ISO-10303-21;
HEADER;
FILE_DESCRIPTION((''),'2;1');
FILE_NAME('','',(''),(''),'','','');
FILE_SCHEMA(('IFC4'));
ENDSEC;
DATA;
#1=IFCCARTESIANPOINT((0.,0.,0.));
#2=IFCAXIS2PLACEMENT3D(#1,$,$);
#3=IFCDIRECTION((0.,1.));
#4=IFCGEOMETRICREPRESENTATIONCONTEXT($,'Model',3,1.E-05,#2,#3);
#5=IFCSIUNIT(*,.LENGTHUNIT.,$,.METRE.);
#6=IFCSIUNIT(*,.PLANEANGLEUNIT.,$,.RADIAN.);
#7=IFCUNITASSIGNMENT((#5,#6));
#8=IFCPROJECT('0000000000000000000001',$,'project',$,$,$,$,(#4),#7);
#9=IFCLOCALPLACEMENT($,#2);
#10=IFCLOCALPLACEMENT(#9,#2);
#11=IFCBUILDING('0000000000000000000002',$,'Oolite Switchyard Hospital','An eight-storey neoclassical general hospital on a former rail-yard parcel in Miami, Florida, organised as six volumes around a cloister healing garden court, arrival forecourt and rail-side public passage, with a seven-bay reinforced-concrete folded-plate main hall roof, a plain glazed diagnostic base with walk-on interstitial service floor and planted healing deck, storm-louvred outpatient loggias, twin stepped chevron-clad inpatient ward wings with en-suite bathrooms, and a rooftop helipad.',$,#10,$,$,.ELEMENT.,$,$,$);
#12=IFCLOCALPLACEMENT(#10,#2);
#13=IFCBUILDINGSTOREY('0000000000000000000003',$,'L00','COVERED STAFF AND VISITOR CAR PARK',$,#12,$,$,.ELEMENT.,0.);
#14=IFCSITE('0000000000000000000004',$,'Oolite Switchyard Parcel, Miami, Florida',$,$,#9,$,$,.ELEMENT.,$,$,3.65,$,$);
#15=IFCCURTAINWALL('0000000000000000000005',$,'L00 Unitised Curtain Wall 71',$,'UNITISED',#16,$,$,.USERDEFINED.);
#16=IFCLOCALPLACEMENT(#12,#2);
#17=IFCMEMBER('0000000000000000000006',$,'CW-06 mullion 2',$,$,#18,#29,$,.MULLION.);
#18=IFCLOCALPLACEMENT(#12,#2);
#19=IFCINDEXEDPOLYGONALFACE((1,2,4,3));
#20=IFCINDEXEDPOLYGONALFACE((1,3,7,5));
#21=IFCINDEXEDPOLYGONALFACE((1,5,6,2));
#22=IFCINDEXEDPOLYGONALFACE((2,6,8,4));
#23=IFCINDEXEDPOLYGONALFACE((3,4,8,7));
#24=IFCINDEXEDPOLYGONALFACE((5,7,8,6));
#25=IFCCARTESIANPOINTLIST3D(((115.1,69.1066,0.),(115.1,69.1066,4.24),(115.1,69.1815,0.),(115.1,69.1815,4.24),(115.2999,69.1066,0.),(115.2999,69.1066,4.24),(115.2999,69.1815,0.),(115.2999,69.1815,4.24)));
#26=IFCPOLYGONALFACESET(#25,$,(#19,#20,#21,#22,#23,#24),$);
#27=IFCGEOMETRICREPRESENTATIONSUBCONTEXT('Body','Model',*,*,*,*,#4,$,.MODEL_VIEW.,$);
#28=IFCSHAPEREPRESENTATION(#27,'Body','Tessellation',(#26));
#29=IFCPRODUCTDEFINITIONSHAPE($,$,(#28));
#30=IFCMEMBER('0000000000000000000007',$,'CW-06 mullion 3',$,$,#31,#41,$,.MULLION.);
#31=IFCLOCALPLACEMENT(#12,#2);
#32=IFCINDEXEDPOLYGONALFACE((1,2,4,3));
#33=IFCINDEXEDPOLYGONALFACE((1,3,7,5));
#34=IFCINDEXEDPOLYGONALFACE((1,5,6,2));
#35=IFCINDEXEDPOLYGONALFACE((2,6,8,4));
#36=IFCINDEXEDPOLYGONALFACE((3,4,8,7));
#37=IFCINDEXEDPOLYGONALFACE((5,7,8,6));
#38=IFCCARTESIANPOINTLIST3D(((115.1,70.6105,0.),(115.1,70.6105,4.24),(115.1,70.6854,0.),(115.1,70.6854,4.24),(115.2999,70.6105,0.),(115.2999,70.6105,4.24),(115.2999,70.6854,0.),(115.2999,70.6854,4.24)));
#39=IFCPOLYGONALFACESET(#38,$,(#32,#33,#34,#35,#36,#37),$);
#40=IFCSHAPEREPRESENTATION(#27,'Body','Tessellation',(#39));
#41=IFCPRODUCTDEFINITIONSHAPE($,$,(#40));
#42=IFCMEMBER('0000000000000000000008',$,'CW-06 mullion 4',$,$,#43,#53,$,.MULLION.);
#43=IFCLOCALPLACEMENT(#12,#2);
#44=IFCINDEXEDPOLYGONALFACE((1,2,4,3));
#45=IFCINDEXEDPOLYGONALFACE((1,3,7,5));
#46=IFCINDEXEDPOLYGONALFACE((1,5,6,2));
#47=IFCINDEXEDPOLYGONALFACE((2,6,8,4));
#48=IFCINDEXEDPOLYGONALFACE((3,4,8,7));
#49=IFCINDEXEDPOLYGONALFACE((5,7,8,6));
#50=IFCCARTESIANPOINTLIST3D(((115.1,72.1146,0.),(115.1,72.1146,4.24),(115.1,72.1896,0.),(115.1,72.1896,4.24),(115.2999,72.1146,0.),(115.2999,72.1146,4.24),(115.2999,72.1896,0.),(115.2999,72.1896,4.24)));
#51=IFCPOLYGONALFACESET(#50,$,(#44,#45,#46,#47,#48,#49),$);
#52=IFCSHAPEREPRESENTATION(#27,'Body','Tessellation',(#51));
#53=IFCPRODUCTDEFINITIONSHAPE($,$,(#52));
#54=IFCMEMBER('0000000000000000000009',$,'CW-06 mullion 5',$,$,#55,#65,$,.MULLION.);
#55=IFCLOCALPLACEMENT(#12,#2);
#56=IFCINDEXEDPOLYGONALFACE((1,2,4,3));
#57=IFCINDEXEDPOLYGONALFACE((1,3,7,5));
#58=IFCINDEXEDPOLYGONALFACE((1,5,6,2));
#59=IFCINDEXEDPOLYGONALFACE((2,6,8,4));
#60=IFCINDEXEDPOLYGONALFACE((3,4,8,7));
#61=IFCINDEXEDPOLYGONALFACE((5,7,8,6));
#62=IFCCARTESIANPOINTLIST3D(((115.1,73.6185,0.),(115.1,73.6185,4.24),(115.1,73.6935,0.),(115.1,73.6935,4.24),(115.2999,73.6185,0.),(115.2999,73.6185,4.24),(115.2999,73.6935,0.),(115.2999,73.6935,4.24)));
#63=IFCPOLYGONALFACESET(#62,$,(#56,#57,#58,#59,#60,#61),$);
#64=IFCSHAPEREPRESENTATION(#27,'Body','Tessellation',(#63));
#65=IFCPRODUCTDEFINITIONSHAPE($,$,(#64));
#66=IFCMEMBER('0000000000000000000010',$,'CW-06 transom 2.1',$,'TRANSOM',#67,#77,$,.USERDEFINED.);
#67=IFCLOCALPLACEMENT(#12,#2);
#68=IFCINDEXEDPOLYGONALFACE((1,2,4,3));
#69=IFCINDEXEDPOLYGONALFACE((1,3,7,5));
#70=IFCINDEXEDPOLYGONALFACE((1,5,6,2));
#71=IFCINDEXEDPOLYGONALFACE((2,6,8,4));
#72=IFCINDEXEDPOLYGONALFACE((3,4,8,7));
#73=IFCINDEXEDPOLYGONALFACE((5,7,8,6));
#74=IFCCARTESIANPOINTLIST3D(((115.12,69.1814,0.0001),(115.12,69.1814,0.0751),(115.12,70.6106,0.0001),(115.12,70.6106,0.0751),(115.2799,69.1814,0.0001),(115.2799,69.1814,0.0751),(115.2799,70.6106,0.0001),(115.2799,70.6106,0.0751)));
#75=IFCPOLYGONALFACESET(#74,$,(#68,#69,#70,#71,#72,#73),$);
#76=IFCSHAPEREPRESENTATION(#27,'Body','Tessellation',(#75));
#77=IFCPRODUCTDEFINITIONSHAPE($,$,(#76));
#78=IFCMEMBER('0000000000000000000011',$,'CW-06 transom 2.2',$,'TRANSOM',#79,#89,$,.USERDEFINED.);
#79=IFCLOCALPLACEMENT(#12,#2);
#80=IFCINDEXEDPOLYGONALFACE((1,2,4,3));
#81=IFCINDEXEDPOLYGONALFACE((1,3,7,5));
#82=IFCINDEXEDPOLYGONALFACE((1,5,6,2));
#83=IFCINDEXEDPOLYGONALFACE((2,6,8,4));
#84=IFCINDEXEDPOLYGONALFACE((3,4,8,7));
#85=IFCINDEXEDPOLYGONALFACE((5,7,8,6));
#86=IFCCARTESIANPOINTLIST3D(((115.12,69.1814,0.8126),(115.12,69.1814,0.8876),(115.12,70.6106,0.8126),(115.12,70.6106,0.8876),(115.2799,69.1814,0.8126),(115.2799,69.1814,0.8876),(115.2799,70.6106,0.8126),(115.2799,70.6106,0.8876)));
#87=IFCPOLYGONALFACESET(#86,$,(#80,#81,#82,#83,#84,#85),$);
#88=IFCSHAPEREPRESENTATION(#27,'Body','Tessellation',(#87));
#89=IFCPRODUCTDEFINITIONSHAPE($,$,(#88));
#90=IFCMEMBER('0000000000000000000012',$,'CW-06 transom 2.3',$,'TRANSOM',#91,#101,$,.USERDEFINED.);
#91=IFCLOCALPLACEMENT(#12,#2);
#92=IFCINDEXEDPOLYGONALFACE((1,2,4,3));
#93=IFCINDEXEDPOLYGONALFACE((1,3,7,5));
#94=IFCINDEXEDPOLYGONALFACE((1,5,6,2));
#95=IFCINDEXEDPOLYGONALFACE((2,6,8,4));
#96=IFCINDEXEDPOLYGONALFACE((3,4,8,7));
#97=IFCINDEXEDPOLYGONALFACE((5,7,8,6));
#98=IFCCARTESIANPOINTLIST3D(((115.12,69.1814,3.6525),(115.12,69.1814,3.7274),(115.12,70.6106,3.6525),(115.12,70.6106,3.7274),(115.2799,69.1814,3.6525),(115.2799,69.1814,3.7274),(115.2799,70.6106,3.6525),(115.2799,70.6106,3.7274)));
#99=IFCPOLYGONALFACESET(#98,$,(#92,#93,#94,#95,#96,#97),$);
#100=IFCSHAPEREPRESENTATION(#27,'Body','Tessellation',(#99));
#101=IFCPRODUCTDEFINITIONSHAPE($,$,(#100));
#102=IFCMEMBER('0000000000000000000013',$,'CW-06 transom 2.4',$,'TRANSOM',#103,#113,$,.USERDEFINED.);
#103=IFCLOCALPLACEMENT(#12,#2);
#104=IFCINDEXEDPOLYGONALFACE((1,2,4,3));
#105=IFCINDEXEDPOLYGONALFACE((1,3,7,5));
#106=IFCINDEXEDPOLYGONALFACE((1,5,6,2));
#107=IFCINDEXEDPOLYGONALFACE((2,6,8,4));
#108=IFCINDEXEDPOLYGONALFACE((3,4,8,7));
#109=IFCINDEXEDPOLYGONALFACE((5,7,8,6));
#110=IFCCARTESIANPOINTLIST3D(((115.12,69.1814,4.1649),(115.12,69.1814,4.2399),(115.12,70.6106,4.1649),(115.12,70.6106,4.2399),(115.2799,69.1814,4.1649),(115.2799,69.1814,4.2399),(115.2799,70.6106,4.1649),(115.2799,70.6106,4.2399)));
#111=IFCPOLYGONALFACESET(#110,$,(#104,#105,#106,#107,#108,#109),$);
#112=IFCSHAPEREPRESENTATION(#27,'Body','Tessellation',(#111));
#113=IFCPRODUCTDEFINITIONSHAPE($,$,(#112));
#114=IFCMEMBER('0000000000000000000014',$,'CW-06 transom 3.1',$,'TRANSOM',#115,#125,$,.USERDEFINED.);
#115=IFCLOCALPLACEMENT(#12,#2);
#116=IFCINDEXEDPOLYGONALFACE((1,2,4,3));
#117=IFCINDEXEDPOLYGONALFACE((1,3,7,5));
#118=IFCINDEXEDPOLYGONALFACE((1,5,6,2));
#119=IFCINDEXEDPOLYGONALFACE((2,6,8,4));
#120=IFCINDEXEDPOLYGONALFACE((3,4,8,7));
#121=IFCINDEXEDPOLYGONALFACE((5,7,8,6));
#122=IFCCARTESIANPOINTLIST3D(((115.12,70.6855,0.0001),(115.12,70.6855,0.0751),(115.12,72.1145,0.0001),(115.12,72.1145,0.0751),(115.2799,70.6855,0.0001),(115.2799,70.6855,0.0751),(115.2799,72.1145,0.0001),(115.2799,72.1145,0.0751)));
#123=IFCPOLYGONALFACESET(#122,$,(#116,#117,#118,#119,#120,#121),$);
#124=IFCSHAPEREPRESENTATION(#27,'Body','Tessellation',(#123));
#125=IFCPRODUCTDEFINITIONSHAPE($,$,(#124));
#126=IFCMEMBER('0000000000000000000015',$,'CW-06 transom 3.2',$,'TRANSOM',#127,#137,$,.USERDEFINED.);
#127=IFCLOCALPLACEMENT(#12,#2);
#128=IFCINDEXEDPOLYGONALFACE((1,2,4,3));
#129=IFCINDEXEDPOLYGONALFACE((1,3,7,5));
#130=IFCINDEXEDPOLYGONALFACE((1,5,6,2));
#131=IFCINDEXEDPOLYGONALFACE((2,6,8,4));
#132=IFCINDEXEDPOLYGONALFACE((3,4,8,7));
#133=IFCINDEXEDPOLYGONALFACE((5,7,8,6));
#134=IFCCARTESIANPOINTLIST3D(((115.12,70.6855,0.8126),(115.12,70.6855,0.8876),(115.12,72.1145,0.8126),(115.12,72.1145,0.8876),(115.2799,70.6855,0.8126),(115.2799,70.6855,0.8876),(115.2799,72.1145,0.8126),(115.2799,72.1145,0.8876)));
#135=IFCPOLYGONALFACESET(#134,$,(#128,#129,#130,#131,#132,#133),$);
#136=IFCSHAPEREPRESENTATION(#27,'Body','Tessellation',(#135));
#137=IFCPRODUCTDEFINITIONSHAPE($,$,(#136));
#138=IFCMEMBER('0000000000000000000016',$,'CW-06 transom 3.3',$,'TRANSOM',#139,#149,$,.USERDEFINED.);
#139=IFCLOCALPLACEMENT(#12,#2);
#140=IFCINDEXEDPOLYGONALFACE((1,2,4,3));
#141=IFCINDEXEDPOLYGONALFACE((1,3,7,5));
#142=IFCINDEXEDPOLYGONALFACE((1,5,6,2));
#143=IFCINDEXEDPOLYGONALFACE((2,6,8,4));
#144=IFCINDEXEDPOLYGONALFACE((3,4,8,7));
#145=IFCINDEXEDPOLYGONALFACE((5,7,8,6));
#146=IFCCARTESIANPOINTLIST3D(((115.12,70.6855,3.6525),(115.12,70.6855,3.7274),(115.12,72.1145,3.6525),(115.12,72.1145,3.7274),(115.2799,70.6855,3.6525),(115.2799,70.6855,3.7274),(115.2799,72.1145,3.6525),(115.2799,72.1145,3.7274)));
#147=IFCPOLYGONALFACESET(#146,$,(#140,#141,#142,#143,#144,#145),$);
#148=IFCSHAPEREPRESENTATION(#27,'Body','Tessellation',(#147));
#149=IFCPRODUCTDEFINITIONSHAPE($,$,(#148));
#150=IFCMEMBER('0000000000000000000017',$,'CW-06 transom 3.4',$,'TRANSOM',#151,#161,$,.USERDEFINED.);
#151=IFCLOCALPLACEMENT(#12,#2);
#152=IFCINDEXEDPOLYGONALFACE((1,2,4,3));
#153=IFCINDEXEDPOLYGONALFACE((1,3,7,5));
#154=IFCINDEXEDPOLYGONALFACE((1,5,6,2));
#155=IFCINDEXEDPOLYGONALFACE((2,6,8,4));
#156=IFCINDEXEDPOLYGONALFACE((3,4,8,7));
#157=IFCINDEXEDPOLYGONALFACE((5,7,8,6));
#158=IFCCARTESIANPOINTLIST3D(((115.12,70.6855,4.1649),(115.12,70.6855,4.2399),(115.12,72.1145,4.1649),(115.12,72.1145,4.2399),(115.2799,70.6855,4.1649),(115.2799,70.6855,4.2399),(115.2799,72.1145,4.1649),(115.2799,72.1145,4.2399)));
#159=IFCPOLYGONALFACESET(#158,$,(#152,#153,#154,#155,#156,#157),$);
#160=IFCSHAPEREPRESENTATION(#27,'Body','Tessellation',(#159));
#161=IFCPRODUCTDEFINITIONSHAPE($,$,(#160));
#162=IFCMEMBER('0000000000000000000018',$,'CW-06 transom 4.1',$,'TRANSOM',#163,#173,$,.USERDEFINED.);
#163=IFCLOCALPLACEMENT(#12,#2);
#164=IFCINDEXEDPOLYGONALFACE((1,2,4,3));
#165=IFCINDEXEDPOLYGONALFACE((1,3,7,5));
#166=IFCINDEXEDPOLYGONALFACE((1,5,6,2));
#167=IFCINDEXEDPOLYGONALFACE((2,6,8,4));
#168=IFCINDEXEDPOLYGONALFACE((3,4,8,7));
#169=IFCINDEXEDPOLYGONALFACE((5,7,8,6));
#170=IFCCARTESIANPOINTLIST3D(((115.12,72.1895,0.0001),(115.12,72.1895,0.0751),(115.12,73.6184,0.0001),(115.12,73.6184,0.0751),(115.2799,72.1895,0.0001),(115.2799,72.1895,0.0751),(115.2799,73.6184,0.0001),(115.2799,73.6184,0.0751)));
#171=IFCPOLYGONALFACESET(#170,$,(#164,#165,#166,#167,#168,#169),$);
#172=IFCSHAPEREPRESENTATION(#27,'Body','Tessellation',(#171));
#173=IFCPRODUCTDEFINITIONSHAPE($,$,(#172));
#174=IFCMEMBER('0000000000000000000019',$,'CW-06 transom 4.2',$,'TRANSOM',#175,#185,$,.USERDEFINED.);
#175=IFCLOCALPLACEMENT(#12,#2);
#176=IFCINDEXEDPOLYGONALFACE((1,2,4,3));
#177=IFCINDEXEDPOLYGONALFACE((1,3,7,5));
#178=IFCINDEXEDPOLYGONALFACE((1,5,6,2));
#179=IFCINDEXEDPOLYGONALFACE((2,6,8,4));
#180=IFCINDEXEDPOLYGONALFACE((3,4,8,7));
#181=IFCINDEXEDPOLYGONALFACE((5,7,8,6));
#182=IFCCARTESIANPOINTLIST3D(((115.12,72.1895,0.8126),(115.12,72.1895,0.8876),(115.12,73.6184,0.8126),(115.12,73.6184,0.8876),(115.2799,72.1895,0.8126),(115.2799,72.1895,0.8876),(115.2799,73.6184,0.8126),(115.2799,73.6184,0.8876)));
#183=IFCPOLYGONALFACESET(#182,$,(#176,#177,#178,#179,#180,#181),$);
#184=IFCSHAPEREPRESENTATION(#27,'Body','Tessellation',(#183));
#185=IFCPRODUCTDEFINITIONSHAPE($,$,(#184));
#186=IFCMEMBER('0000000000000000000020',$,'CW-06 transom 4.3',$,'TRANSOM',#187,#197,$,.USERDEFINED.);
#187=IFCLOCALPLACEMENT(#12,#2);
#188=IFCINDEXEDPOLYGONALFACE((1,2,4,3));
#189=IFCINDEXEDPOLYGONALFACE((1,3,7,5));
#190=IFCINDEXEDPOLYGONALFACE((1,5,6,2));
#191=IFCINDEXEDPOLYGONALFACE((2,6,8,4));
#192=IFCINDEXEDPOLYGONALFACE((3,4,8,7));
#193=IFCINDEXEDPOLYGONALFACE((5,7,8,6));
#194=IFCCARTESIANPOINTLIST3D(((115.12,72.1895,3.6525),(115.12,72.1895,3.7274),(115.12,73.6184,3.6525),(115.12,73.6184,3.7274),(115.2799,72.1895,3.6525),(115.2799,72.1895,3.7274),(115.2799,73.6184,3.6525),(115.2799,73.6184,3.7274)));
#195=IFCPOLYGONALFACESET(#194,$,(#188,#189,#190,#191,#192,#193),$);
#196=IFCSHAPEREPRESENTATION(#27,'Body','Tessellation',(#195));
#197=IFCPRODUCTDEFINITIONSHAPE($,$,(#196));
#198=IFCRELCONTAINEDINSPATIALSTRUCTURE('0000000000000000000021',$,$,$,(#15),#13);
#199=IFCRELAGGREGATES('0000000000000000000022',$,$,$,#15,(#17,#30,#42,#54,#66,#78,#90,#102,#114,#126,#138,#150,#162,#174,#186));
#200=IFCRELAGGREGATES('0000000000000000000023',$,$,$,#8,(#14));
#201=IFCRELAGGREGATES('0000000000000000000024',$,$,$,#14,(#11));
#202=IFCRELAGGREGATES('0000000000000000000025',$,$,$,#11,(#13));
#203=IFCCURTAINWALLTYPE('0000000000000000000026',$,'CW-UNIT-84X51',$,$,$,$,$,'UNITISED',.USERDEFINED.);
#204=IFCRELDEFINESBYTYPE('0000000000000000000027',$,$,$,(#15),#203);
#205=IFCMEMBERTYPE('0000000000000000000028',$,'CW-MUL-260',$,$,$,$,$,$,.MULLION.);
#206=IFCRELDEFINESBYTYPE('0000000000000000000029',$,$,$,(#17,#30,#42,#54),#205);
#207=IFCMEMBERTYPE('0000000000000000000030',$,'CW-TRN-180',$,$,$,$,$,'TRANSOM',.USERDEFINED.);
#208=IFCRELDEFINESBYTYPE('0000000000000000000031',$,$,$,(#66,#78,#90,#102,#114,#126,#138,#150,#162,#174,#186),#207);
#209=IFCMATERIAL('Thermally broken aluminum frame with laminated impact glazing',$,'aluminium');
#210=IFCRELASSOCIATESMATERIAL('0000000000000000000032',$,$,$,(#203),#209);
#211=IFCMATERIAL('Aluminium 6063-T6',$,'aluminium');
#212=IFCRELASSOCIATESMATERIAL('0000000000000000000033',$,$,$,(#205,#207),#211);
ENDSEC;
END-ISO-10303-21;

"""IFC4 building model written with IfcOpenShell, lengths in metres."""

from ifc_helpers import new_model, si_unit, direction, frame, origin, origin_2d, place, context, subcontext, project, spatial, rectangle, extrude, material, material_profile, profile_set, type_object, element, aggregate, save


model = new_model("IFC4")

# Units and contexts
model_context = context("Model", 3, precision=1e-05, world=origin(), true_north=direction((0.0, 1.0)))
body_context = subcontext(model_context, "Body", "Model", "MODEL_VIEW")
ifc_project = project(units=[si_unit("LENGTHUNIT", "METRE"), si_unit("PLANEANGLEUNIT", "RADIAN")], contexts=[model_context])

# Site, building, storey
site_placement = place(None, origin())
site = spatial("IfcSite", under=ifc_project, at=site_placement, Name="Oolite Switchyard Parcel, Miami, Florida", CompositionType="ELEMENT", RefElevation=3.65)
building_placement = place(site_placement, origin())
building = spatial("IfcBuilding", under=site, at=building_placement, Name="Oolite Switchyard Hospital", Description="An eight-storey neoclassical general hospital on a former rail-yard parcel in Miami, Florida, organised as six volumes around a cloister healing garden court, arrival forecourt and rail-side public passage, with a seven-bay reinforced-concrete folded-plate main hall roof, a plain glazed diagnostic base with walk-on interstitial service floor and planted healing deck, storm-louvred outpatient loggias, twin stepped chevron-clad inpatient ward wings with en-suite bathrooms, and a rooftop helipad.", CompositionType="ELEMENT")
storey_placement = place(building_placement, origin())
storey = spatial("IfcBuildingStorey", under=building, at=storey_placement, Name="L00", Description="COVERED STAFF AND VISITOR CAR PARK", CompositionType="ELEMENT", Elevation=0.0)

# Curtain wall, members
ifc_material_1 = material(Name="Thermally broken aluminum frame with laminated impact glazing", Category="aluminium")
curtain_wall_type = type_object("IfcCurtainWallType", Name="CW-UNIT-84X51", ElementType="UNITISED", PredefinedType="USERDEFINED", material=ifc_material_1)
curtain_wall_placement = place(storey_placement, origin())
curtain_wall = element("IfcCurtainWall", 1, at=curtain_wall_placement, inside=storey, type_object=curtain_wall_type, Name="L00 Unitised Curtain Wall 71", ObjectType="UNITISED", PredefinedType="USERDEFINED")
ifc_material_2 = material(Name="Aluminium 6063-T6", Category="aluminium")
ifc_material_profile_1 = material_profile(ifc_material_2, rectangle(XDim=0.2, YDim=0.075, at=origin_2d()), Name="CWM75X200")
ifc_profile_set_1 = profile_set([ifc_material_profile_1], Name="Aluminium 6063-T6")
member_type_1 = type_object("IfcMemberType", Name="CW-MUL-260", PredefinedType="MULLION", material=ifc_profile_set_1)
member_1_placement = place(storey_placement, frame((115.2, 69.144, 0.0), z_axis=(0.0, 0.0, 1.0), x_axis=(-1.0, 0.0, 0.0)))
member_1 = element("IfcMember", 2, at=member_1_placement, type_object=member_type_1, Name="CW-06 mullion 2", PredefinedType="MULLION", context=body_context, shape_type="SweptSolid", body=[
    extrude(rectangle(XDim=0.2, YDim=0.075, at=origin_2d()), origin(), (0.0, 0.0, 1.0), 4.24),
])
member_2_placement = place(storey_placement, frame((115.2, 70.6479, 0.0), z_axis=(0.0, 0.0, 1.0), x_axis=(-1.0, 0.0, 0.0)))
member_2 = element("IfcMember", 3, at=member_2_placement, type_object=member_type_1, Name="CW-06 mullion 3", PredefinedType="MULLION", context=body_context, shape_type="SweptSolid", body=[
    extrude(rectangle(XDim=0.2, YDim=0.075, at=origin_2d()), origin(), (0.0, 0.0, 1.0), 4.24),
])
member_3_placement = place(storey_placement, frame((115.2, 72.1521, 0.0), z_axis=(0.0, 0.0, 1.0), x_axis=(-1.0, 0.0, 0.0)))
member_3 = element("IfcMember", 4, at=member_3_placement, type_object=member_type_1, Name="CW-06 mullion 4", PredefinedType="MULLION", context=body_context, shape_type="SweptSolid", body=[
    extrude(rectangle(XDim=0.2, YDim=0.075, at=origin_2d()), origin(), (0.0, 0.0, 1.0), 4.24),
])
member_4_placement = place(storey_placement, frame((115.2, 73.656, 0.0), z_axis=(0.0, 0.0, 1.0), x_axis=(-1.0, 0.0, 0.0)))
member_4 = element("IfcMember", 5, at=member_4_placement, type_object=member_type_1, Name="CW-06 mullion 5", PredefinedType="MULLION", context=body_context, shape_type="SweptSolid", body=[
    extrude(rectangle(XDim=0.2, YDim=0.075, at=origin_2d()), origin(), (0.0, 0.0, 1.0), 4.24),
])
ifc_material_profile_2 = material_profile(ifc_material_2, rectangle(XDim=0.1599, YDim=0.075, at=origin_2d()), Name="CWT75X160")
ifc_profile_set_2 = profile_set([ifc_material_profile_2], Name="Aluminium 6063-T6")
member_type_2 = type_object("IfcMemberType", Name="CW-TRN-180", ElementType="TRANSOM", PredefinedType="USERDEFINED", material=ifc_profile_set_2)
member_5_placement = place(storey_placement, frame((115.2, 69.1814, 0.0376), z_axis=(0.0, 1.0, 0.0), x_axis=(-1.0, 0.0, 0.0)))
member_5 = element("IfcMember", 6, at=member_5_placement, type_object=member_type_2, Name="CW-06 transom 2.1", ObjectType="TRANSOM", PredefinedType="USERDEFINED", context=body_context, shape_type="SweptSolid", body=[
    extrude(rectangle(XDim=0.1599, YDim=0.075, at=origin_2d()), origin(), (0.0, 0.0, 1.0), 1.4292),
])
member_6_placement = place(storey_placement, frame((115.2, 69.1814, 0.8501), z_axis=(0.0, 1.0, 0.0), x_axis=(-1.0, 0.0, 0.0)))
member_6 = element("IfcMember", 7, at=member_6_placement, type_object=member_type_2, Name="CW-06 transom 2.2", ObjectType="TRANSOM", PredefinedType="USERDEFINED", context=body_context, shape_type="SweptSolid", body=[
    extrude(rectangle(XDim=0.1599, YDim=0.075, at=origin_2d()), origin(), (0.0, 0.0, 1.0), 1.4292),
])
member_7_placement = place(storey_placement, frame((115.2, 69.1814, 3.6899), z_axis=(0.0, 1.0, 0.0), x_axis=(-1.0, 0.0, 0.0)))
member_7 = element("IfcMember", 8, at=member_7_placement, type_object=member_type_2, Name="CW-06 transom 2.3", ObjectType="TRANSOM", PredefinedType="USERDEFINED", context=body_context, shape_type="SweptSolid", body=[
    extrude(rectangle(XDim=0.1599, YDim=0.075, at=origin_2d()), origin(), (0.0, 0.0, 1.0), 1.4292),
])
member_8_placement = place(storey_placement, frame((115.2, 69.1814, 4.2024), z_axis=(0.0, 1.0, 0.0), x_axis=(-1.0, 0.0, 0.0)))
member_8 = element("IfcMember", 9, at=member_8_placement, type_object=member_type_2, Name="CW-06 transom 2.4", ObjectType="TRANSOM", PredefinedType="USERDEFINED", context=body_context, shape_type="SweptSolid", body=[
    extrude(rectangle(XDim=0.1599, YDim=0.075, at=origin_2d()), origin(), (0.0, 0.0, 1.0), 1.4292),
])
member_9_placement = place(storey_placement, frame((115.2, 70.6855, 0.0376), z_axis=(0.0, 1.0, 0.0), x_axis=(-1.0, 0.0, 0.0)))
member_9 = element("IfcMember", 10, at=member_9_placement, type_object=member_type_2, Name="CW-06 transom 3.1", ObjectType="TRANSOM", PredefinedType="USERDEFINED", context=body_context, shape_type="SweptSolid", body=[
    extrude(rectangle(XDim=0.1599, YDim=0.075, at=origin_2d()), origin(), (0.0, 0.0, 1.0), 1.429),
])
member_10_placement = place(storey_placement, frame((115.2, 70.6855, 0.8501), z_axis=(0.0, 1.0, 0.0), x_axis=(-1.0, 0.0, 0.0)))
member_10 = element("IfcMember", 11, at=member_10_placement, type_object=member_type_2, Name="CW-06 transom 3.2", ObjectType="TRANSOM", PredefinedType="USERDEFINED", context=body_context, shape_type="SweptSolid", body=[
    extrude(rectangle(XDim=0.1599, YDim=0.075, at=origin_2d()), origin(), (0.0, 0.0, 1.0), 1.429),
])
member_11_placement = place(storey_placement, frame((115.2, 70.6855, 3.6899), z_axis=(0.0, 1.0, 0.0), x_axis=(-1.0, 0.0, 0.0)))
member_11 = element("IfcMember", 12, at=member_11_placement, type_object=member_type_2, Name="CW-06 transom 3.3", ObjectType="TRANSOM", PredefinedType="USERDEFINED", context=body_context, shape_type="SweptSolid", body=[
    extrude(rectangle(XDim=0.1599, YDim=0.075, at=origin_2d()), origin(), (0.0, 0.0, 1.0), 1.429),
])
member_12_placement = place(storey_placement, frame((115.2, 70.6855, 4.2024), z_axis=(0.0, 1.0, 0.0), x_axis=(-1.0, 0.0, 0.0)))
member_12 = element("IfcMember", 13, at=member_12_placement, type_object=member_type_2, Name="CW-06 transom 3.4", ObjectType="TRANSOM", PredefinedType="USERDEFINED", context=body_context, shape_type="SweptSolid", body=[
    extrude(rectangle(XDim=0.1599, YDim=0.075, at=origin_2d()), origin(), (0.0, 0.0, 1.0), 1.429),
])
member_13_placement = place(storey_placement, frame((115.2, 72.1895, 0.0376), z_axis=(0.0, 1.0, 0.0), x_axis=(-1.0, 0.0, 0.0)))
member_13 = element("IfcMember", 14, at=member_13_placement, type_object=member_type_2, Name="CW-06 transom 4.1", ObjectType="TRANSOM", PredefinedType="USERDEFINED", context=body_context, shape_type="SweptSolid", body=[
    extrude(rectangle(XDim=0.1599, YDim=0.075, at=origin_2d()), origin(), (0.0, 0.0, 1.0), 1.429),
])
member_14_placement = place(storey_placement, frame((115.2, 72.1895, 0.8501), z_axis=(0.0, 1.0, 0.0), x_axis=(-1.0, 0.0, 0.0)))
member_14 = element("IfcMember", 15, at=member_14_placement, type_object=member_type_2, Name="CW-06 transom 4.2", ObjectType="TRANSOM", PredefinedType="USERDEFINED", context=body_context, shape_type="SweptSolid", body=[
    extrude(rectangle(XDim=0.1599, YDim=0.075, at=origin_2d()), origin(), (0.0, 0.0, 1.0), 1.429),
])
member_15_placement = place(storey_placement, frame((115.2, 72.1895, 3.6899), z_axis=(0.0, 1.0, 0.0), x_axis=(-1.0, 0.0, 0.0)))
member_15 = element("IfcMember", 16, at=member_15_placement, type_object=member_type_2, Name="CW-06 transom 4.3", ObjectType="TRANSOM", PredefinedType="USERDEFINED", context=body_context, shape_type="SweptSolid", body=[
    extrude(rectangle(XDim=0.1599, YDim=0.075, at=origin_2d()), origin(), (0.0, 0.0, 1.0), 1.429),
])
aggregate(curtain_wall, [member_1, member_2, member_3, member_4, member_5, member_6, member_7, member_8, member_9, member_10, member_11, member_12, member_13, member_14, member_15])

save(model, "model.ifc")
